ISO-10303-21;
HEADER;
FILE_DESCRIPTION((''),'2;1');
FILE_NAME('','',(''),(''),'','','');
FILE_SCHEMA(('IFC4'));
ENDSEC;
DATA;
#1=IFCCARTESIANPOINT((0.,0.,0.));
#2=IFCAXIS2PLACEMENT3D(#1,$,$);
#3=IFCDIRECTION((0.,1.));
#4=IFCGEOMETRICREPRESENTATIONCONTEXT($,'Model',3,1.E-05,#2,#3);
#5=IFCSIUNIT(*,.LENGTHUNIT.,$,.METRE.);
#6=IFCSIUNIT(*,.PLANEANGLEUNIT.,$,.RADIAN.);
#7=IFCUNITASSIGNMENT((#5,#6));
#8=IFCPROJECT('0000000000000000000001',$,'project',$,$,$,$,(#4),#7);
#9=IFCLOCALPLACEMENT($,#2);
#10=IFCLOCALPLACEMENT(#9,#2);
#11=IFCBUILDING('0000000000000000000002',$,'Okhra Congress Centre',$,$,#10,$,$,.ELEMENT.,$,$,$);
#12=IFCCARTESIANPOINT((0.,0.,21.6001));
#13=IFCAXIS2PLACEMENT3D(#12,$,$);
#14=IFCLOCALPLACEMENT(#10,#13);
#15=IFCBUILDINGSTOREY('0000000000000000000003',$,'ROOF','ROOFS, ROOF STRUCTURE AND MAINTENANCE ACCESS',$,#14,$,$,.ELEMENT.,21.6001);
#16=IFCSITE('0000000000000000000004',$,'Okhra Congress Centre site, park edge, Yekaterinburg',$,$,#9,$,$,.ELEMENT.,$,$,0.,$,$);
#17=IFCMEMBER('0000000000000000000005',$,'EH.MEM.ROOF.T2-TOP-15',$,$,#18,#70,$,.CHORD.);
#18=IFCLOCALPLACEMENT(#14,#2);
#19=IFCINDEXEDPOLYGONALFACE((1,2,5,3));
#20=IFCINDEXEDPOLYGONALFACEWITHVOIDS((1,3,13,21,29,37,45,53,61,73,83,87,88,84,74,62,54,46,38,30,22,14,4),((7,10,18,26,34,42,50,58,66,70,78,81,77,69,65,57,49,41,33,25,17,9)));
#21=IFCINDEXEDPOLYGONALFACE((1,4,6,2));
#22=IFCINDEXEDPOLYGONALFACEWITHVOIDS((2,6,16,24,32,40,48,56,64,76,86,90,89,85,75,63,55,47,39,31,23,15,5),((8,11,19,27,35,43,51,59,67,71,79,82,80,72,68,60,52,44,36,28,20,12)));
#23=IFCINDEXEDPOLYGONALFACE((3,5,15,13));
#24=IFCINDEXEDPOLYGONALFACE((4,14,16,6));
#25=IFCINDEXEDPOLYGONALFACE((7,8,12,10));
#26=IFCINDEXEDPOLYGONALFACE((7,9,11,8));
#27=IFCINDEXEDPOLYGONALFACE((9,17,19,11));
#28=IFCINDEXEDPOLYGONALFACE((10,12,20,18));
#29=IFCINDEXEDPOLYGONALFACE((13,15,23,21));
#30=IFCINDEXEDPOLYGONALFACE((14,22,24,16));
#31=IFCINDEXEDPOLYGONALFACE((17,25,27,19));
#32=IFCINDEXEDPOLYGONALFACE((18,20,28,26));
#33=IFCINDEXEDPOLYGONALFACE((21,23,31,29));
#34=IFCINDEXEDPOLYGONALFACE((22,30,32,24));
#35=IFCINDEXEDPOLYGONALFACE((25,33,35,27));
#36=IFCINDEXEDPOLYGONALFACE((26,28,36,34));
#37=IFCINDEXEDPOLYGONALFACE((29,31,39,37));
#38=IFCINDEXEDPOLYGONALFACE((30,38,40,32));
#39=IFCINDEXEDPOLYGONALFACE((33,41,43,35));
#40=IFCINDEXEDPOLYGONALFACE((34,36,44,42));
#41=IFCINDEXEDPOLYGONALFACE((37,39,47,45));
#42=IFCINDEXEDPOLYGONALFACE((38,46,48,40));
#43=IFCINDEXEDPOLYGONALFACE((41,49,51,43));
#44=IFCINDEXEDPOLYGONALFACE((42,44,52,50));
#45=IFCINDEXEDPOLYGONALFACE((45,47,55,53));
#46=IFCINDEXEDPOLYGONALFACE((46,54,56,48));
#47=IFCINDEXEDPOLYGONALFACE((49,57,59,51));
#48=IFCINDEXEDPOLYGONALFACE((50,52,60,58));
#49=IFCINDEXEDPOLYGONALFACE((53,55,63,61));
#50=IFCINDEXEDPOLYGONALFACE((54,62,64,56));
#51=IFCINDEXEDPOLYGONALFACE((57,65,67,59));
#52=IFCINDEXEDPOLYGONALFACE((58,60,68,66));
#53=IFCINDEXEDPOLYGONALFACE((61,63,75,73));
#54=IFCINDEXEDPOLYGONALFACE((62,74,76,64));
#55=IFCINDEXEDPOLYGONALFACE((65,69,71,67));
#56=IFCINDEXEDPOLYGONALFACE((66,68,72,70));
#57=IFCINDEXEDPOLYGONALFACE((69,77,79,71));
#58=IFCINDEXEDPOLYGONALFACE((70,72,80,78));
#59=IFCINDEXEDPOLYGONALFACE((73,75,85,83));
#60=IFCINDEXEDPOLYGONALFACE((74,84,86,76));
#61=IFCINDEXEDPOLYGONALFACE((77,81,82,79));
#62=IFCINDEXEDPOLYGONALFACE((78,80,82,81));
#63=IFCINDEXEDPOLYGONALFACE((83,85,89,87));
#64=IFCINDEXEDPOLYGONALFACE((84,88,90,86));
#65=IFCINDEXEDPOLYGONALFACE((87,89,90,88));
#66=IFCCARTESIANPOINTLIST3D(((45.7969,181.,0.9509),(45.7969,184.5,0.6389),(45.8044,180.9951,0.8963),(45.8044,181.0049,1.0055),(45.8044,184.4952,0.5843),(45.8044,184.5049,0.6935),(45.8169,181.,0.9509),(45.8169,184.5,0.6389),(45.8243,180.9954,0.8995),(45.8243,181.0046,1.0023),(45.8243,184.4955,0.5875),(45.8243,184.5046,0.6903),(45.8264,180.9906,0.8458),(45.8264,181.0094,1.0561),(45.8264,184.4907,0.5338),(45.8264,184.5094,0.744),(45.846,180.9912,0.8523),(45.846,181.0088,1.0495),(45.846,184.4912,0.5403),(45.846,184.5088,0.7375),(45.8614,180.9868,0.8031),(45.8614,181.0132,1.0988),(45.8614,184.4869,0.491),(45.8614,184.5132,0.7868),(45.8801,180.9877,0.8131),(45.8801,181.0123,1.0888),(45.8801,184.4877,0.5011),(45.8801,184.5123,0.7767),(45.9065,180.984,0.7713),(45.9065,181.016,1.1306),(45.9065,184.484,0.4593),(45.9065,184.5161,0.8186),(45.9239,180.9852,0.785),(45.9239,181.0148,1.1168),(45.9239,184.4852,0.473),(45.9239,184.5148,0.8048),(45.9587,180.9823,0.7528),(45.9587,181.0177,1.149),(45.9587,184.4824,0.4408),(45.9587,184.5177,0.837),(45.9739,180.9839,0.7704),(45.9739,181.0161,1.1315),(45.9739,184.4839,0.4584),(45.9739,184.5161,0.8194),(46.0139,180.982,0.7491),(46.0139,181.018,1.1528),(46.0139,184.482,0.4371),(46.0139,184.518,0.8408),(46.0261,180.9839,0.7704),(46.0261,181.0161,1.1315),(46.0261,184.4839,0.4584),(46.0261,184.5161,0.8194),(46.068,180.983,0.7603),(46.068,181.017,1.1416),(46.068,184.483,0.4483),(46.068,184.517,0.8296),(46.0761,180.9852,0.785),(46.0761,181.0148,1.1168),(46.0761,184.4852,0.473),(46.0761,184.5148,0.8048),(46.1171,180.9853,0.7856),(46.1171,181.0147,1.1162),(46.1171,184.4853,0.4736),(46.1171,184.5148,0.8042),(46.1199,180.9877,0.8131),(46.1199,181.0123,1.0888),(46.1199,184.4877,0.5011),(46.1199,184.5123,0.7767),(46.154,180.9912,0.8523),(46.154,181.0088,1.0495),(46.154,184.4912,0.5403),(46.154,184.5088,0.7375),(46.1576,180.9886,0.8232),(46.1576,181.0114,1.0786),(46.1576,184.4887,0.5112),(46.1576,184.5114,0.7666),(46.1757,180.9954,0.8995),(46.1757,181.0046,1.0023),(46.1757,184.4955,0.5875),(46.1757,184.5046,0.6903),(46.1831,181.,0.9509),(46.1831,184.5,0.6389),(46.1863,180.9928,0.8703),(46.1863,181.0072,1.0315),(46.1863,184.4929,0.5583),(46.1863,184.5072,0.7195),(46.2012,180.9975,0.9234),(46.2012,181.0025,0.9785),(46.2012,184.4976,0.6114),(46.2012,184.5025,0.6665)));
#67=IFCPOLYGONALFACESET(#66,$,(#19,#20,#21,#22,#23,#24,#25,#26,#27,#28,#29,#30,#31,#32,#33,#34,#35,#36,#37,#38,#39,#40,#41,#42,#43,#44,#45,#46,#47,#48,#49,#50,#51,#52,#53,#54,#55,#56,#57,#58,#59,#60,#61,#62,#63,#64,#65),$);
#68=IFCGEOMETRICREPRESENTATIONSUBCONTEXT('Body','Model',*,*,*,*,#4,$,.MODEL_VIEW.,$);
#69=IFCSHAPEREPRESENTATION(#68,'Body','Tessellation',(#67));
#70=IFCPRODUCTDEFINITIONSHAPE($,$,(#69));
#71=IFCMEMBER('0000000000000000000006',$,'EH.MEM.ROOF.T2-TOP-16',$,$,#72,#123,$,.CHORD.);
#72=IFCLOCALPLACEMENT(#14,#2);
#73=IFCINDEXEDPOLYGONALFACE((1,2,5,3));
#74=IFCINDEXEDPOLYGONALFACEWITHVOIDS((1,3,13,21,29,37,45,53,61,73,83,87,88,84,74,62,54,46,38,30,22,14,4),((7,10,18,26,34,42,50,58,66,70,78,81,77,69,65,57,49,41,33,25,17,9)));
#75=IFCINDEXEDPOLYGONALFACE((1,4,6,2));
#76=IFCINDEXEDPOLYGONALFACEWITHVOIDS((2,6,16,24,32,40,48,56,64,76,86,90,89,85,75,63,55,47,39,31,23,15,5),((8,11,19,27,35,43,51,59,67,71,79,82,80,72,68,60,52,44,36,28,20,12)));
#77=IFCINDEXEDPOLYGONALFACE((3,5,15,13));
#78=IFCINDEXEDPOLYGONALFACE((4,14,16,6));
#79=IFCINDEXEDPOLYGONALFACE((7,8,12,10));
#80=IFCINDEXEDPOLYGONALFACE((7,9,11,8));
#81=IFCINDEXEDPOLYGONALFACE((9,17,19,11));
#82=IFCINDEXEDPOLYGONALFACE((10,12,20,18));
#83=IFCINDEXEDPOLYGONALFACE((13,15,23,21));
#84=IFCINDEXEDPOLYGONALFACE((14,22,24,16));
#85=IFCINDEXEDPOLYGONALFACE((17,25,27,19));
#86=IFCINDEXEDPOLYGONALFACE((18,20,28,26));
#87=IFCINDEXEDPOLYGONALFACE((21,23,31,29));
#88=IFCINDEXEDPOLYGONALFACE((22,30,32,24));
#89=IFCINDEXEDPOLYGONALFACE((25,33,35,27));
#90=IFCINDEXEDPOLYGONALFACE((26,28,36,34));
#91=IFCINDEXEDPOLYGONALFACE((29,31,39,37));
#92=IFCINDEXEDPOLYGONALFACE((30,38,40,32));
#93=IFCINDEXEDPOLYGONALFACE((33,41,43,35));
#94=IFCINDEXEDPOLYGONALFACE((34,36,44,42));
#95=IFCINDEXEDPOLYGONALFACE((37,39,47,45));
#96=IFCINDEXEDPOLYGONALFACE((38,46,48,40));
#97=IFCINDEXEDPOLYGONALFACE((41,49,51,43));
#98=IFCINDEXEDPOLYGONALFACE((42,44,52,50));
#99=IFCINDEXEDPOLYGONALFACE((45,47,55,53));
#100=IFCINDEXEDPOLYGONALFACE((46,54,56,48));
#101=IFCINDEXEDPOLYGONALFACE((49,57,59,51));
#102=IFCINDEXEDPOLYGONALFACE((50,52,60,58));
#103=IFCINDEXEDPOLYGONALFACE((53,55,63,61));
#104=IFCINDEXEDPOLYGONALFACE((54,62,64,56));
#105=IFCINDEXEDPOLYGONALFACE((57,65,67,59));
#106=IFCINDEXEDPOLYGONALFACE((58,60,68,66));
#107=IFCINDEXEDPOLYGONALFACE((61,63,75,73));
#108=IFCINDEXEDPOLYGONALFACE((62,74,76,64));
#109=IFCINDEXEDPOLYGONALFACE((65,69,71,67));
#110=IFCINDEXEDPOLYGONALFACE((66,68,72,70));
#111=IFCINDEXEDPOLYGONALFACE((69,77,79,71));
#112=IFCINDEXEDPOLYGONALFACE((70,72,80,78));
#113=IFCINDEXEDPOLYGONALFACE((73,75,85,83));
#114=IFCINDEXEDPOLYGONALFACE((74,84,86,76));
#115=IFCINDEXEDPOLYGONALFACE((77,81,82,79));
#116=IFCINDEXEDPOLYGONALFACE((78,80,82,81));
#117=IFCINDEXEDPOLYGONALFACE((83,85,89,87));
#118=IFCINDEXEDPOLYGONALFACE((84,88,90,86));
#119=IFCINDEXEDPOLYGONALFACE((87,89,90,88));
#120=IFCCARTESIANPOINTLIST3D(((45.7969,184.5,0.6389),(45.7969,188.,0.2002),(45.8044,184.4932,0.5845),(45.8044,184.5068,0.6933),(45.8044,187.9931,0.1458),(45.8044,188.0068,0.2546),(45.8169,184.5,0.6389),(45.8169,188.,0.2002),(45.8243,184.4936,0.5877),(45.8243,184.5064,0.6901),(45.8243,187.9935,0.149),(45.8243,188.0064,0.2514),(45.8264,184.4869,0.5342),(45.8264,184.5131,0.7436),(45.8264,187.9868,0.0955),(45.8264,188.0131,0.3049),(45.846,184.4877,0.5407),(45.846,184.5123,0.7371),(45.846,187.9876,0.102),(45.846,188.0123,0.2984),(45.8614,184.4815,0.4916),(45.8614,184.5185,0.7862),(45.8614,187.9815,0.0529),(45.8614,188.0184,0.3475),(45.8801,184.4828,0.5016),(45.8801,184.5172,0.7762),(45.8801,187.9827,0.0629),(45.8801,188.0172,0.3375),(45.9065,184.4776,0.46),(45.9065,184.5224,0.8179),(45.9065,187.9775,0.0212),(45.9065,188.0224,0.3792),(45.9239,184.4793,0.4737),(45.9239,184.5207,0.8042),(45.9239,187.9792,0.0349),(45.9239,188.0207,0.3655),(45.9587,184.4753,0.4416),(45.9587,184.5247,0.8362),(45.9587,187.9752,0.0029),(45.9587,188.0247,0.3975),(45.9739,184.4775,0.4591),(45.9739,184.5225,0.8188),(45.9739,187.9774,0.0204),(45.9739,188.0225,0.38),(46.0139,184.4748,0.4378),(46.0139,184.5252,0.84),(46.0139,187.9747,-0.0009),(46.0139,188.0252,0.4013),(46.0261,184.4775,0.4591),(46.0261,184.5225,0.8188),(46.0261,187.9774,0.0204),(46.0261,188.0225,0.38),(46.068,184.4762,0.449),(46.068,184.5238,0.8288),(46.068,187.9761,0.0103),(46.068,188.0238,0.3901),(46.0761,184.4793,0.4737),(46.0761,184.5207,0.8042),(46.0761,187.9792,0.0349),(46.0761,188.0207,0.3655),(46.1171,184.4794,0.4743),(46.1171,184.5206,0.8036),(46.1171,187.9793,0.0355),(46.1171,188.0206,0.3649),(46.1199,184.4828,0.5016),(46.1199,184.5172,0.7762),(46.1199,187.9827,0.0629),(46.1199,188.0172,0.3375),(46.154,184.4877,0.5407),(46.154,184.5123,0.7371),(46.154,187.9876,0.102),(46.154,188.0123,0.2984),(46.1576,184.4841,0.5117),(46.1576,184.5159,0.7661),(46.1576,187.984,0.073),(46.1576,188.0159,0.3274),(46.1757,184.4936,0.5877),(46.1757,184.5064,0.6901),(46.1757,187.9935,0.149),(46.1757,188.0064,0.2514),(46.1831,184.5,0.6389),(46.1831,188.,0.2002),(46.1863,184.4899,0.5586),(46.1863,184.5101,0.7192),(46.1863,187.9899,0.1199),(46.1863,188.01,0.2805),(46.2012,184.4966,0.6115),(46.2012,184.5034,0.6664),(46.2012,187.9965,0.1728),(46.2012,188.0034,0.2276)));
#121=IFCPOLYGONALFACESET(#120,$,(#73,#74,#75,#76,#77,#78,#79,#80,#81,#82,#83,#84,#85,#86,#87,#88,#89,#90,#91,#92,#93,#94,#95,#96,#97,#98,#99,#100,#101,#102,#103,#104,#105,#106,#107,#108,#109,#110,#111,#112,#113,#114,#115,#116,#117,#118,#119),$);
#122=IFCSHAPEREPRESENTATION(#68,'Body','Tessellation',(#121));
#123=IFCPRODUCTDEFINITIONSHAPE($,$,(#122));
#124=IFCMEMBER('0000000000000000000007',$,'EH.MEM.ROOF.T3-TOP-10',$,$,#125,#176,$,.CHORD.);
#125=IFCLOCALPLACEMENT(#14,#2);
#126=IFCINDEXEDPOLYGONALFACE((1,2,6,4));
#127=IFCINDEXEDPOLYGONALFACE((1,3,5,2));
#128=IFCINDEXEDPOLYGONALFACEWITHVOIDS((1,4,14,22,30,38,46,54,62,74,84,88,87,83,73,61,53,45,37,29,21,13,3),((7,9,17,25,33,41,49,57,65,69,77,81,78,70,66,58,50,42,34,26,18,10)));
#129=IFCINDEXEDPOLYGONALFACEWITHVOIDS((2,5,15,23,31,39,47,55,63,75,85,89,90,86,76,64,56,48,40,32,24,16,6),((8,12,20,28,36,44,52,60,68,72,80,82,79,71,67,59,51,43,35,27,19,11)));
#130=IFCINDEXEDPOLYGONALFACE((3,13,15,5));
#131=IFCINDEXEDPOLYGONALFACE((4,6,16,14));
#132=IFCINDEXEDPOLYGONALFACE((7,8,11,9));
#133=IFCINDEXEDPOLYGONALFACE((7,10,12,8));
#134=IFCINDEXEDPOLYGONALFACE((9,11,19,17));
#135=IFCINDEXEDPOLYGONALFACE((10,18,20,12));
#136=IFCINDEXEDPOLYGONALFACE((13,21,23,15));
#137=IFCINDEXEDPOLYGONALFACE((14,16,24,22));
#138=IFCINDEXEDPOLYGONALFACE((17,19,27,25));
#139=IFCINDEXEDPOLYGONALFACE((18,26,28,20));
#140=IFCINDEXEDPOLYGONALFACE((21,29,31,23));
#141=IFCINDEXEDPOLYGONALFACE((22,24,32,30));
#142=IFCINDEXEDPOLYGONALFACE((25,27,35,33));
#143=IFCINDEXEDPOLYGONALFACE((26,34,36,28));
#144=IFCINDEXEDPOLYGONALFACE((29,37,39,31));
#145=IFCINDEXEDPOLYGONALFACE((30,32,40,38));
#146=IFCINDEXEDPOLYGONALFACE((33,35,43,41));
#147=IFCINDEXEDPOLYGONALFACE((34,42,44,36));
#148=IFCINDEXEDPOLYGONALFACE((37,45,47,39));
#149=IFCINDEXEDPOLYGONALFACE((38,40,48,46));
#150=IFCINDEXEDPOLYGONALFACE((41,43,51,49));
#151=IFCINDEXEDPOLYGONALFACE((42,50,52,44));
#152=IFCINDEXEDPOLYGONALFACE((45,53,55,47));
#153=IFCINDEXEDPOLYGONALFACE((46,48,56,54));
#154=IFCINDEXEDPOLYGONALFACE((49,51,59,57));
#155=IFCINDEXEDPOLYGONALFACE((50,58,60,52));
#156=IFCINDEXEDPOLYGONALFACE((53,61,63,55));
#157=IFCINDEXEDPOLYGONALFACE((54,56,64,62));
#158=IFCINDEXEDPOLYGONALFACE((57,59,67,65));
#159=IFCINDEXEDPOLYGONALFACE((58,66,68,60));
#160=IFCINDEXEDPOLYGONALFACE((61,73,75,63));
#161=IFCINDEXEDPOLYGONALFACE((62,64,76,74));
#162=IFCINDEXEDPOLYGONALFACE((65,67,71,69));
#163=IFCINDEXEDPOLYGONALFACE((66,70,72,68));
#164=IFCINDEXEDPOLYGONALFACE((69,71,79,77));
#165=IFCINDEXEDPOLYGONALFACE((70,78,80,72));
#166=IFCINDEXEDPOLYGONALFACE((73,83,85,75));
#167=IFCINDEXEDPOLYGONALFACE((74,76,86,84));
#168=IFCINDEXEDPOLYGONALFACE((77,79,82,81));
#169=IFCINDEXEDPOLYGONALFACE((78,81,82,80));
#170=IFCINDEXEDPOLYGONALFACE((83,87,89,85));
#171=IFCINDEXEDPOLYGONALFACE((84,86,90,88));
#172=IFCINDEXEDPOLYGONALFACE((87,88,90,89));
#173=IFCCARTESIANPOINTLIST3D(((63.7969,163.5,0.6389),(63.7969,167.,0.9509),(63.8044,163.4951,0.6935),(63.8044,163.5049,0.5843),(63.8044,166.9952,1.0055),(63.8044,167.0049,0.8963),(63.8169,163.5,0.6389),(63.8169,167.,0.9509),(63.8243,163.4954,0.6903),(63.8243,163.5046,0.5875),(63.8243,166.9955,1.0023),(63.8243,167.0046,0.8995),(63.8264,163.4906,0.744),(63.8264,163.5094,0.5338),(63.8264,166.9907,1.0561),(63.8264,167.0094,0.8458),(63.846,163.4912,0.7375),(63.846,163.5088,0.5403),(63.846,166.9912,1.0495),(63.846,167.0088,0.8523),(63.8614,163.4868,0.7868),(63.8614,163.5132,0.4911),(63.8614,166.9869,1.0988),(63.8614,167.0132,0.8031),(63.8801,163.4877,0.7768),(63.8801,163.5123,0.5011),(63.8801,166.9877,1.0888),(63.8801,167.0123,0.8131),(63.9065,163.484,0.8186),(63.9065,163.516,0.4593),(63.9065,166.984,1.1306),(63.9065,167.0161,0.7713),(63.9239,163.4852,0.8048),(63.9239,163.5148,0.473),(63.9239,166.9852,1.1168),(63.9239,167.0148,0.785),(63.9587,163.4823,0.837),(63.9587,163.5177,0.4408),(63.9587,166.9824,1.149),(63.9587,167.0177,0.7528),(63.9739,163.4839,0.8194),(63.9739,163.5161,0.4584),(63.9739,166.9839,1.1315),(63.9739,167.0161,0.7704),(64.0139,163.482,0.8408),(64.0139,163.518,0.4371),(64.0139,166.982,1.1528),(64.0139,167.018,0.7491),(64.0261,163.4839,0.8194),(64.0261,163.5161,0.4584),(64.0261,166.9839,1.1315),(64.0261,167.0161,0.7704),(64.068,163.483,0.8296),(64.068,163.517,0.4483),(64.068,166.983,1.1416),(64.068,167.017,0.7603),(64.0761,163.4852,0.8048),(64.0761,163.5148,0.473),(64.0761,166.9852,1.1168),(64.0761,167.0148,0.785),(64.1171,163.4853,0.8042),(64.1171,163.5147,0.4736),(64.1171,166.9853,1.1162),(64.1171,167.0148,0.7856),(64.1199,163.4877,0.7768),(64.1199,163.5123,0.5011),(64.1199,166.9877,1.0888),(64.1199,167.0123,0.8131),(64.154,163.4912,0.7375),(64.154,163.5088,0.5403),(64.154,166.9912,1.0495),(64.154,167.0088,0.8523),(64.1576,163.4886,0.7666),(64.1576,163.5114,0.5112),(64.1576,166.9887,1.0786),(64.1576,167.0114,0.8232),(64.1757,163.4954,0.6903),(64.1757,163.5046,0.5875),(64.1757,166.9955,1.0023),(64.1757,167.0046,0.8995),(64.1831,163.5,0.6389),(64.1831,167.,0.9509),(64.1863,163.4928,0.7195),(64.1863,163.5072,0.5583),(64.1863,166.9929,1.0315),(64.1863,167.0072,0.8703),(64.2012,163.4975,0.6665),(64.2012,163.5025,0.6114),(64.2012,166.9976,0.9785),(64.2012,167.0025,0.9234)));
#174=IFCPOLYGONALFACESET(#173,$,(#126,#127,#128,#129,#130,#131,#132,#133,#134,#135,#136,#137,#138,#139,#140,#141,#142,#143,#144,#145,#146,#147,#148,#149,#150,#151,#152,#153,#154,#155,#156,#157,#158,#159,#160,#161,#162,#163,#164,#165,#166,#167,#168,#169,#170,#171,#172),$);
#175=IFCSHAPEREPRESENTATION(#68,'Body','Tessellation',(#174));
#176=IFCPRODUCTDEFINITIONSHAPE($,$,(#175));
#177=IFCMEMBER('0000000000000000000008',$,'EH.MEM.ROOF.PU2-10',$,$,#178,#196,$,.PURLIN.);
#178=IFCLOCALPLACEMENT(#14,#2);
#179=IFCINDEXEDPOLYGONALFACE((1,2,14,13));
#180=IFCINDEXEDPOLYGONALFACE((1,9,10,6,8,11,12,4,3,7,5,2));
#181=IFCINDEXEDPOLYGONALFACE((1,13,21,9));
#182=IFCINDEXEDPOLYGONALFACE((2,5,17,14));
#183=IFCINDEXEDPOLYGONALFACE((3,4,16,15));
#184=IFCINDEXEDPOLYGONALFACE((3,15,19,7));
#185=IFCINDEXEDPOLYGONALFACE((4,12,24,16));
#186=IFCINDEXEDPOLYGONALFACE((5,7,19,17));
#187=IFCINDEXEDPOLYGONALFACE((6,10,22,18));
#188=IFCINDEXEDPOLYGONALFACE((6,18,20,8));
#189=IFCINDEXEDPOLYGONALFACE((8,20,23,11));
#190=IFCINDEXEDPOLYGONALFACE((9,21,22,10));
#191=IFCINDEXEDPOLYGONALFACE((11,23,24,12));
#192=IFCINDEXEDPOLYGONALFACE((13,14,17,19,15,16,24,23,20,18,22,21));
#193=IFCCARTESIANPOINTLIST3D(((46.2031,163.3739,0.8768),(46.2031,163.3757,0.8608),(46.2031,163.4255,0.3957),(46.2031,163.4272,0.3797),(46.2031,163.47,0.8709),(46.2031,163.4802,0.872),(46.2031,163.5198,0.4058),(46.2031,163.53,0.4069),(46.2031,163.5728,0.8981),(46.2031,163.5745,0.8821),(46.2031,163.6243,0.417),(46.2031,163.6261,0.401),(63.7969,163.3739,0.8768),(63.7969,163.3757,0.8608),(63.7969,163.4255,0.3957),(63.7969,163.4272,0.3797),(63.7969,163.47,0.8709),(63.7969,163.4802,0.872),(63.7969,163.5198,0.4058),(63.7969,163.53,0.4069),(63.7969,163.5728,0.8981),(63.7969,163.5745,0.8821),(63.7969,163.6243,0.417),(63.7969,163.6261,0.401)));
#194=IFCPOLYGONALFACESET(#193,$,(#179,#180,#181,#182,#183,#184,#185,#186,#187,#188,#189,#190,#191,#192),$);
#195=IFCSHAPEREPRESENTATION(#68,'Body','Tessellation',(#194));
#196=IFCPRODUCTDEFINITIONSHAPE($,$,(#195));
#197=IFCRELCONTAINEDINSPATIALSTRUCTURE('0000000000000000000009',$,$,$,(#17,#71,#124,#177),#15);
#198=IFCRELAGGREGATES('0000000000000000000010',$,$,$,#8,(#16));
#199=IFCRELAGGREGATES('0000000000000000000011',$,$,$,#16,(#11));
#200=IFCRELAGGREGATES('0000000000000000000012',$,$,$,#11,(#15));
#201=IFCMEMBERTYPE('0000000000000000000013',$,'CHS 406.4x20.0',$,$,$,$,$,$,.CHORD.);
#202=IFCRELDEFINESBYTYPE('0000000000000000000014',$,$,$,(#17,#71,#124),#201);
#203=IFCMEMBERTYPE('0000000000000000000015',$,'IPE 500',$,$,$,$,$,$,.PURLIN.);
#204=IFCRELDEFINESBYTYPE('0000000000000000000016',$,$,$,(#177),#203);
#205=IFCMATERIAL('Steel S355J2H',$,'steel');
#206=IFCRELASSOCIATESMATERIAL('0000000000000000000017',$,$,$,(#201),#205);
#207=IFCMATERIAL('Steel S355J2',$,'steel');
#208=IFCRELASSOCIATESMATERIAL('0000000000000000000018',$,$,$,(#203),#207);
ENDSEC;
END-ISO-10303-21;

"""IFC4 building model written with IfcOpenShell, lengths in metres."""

from ifc_helpers import new_model, si_unit, direction, frame, origin, origin_2d, place, context, subcontext, project, spatial, hollow_circle, i_section, extrude, material, material_profile, profile_set, type_object, element, save


model = new_model("IFC4")

# Units and contexts
model_context = context("Model", 3, precision=1e-05, world=origin(), true_north=direction((0.0, 1.0)))
body_context = subcontext(model_context, "Body", "Model", "MODEL_VIEW")
ifc_project = project(units=[si_unit("LENGTHUNIT", "METRE"), si_unit("PLANEANGLEUNIT", "RADIAN")], contexts=[model_context])

# Site, building, storey
site_placement = place(None, origin())
site = spatial("IfcSite", under=ifc_project, at=site_placement, Name="Okhra Congress Centre site, park edge, Yekaterinburg", CompositionType="ELEMENT", RefElevation=0.0)
building_placement = place(site_placement, origin())
building = spatial("IfcBuilding", under=site, at=building_placement, Name="Okhra Congress Centre", CompositionType="ELEMENT")
storey_placement = place(building_placement, frame((0.0, 0.0, 21.6001)))
storey = spatial("IfcBuildingStorey", under=building, at=storey_placement, Name="ROOF", Description="ROOFS, ROOF STRUCTURE AND MAINTENANCE ACCESS", CompositionType="ELEMENT", Elevation=21.6001)

# Members
ifc_material_1 = material(Name="Steel S355J2H", Category="steel")
ifc_material_profile_1 = material_profile(ifc_material_1, hollow_circle(Radius=0.2031, WallThickness=0.02, at=origin_2d()), Name="CHS 406.4x20.0")
ifc_profile_set_1 = profile_set([ifc_material_profile_1], Name="Steel S355J2H")
member_type_1 = type_object("IfcMemberType", Name="CHS 406.4x20.0", PredefinedType="CHORD", material=ifc_profile_set_1)
member_1_placement = place(storey_placement, frame((46.0, 181.0, 0.9509), z_axis=(0.0, 0.99605, -0.088794), x_axis=(-1.0, 0.0, 0.0)))
element("IfcMember", 1, at=member_1_placement, inside=storey, type_object=member_type_1, Name="EH.MEM.ROOF.T2-TOP-15", PredefinedType="CHORD", context=body_context, shape_type="SweptSolid", body=[
    extrude(hollow_circle(Radius=0.2031, WallThickness=0.02, at=origin_2d()), origin(), (0.0, 0.0, 1.0), 3.5139),
])
member_2_placement = place(storey_placement, frame((46.0, 184.5, 0.6389), z_axis=(0.0, 0.992235, -0.124375), x_axis=(-1.0, 0.0, 0.0)))
element("IfcMember", 2, at=member_2_placement, inside=storey, type_object=member_type_1, Name="EH.MEM.ROOF.T2-TOP-16", PredefinedType="CHORD", context=body_context, shape_type="SweptSolid", body=[
    extrude(hollow_circle(Radius=0.2031, WallThickness=0.02, at=origin_2d()), origin(), (0.0, 0.0, 1.0), 3.5273),
])
member_3_placement = place(storey_placement, frame((64.0, 163.5, 0.6389), z_axis=(0.0, 0.99605, 0.088794), x_axis=(-1.0, 0.0, 0.0)))
element("IfcMember", 3, at=member_3_placement, inside=storey, type_object=member_type_1, Name="EH.MEM.ROOF.T3-TOP-10", PredefinedType="CHORD", context=body_context, shape_type="SweptSolid", body=[
    extrude(hollow_circle(Radius=0.2031, WallThickness=0.02, at=origin_2d()), origin(), (0.0, 0.0, 1.0), 3.5139),
])
ifc_material_2 = material(Name="Steel S355J2", Category="steel")
ifc_material_profile_2 = material_profile(ifc_material_2, i_section(OverallWidth=0.2, OverallDepth=0.5, WebThickness=0.0103, FlangeThickness=0.0161, at=origin_2d()), Name="IPE 500")
ifc_profile_set_2 = profile_set([ifc_material_profile_2], Name="Steel S355J2")
member_type_2 = type_object("IfcMemberType", Name="IPE 500", PredefinedType="PURLIN", material=ifc_profile_set_2)
for number, where, z_axis, x_axis, name in (
    (4, (46.2031, 163.5, 0.6389), (1.0, 0.0, 0.0), (0.0, 0.994302, 0.106601), "EH.MEM.ROOF.PU2-10"),
):
    element("IfcMember", number, at=place(storey_placement, frame(where, z_axis=z_axis, x_axis=x_axis)), inside=storey, type_object=member_type_2, Name=name, PredefinedType="PURLIN", context=body_context, shape_type="SweptSolid", body=[
        extrude(i_section(OverallWidth=0.2, OverallDepth=0.5, WebThickness=0.0103, FlangeThickness=0.0161, at=origin_2d()), origin(), (0.0, 0.0, 1.0), 17.5938),
    ])

save(model, "model.ifc")
